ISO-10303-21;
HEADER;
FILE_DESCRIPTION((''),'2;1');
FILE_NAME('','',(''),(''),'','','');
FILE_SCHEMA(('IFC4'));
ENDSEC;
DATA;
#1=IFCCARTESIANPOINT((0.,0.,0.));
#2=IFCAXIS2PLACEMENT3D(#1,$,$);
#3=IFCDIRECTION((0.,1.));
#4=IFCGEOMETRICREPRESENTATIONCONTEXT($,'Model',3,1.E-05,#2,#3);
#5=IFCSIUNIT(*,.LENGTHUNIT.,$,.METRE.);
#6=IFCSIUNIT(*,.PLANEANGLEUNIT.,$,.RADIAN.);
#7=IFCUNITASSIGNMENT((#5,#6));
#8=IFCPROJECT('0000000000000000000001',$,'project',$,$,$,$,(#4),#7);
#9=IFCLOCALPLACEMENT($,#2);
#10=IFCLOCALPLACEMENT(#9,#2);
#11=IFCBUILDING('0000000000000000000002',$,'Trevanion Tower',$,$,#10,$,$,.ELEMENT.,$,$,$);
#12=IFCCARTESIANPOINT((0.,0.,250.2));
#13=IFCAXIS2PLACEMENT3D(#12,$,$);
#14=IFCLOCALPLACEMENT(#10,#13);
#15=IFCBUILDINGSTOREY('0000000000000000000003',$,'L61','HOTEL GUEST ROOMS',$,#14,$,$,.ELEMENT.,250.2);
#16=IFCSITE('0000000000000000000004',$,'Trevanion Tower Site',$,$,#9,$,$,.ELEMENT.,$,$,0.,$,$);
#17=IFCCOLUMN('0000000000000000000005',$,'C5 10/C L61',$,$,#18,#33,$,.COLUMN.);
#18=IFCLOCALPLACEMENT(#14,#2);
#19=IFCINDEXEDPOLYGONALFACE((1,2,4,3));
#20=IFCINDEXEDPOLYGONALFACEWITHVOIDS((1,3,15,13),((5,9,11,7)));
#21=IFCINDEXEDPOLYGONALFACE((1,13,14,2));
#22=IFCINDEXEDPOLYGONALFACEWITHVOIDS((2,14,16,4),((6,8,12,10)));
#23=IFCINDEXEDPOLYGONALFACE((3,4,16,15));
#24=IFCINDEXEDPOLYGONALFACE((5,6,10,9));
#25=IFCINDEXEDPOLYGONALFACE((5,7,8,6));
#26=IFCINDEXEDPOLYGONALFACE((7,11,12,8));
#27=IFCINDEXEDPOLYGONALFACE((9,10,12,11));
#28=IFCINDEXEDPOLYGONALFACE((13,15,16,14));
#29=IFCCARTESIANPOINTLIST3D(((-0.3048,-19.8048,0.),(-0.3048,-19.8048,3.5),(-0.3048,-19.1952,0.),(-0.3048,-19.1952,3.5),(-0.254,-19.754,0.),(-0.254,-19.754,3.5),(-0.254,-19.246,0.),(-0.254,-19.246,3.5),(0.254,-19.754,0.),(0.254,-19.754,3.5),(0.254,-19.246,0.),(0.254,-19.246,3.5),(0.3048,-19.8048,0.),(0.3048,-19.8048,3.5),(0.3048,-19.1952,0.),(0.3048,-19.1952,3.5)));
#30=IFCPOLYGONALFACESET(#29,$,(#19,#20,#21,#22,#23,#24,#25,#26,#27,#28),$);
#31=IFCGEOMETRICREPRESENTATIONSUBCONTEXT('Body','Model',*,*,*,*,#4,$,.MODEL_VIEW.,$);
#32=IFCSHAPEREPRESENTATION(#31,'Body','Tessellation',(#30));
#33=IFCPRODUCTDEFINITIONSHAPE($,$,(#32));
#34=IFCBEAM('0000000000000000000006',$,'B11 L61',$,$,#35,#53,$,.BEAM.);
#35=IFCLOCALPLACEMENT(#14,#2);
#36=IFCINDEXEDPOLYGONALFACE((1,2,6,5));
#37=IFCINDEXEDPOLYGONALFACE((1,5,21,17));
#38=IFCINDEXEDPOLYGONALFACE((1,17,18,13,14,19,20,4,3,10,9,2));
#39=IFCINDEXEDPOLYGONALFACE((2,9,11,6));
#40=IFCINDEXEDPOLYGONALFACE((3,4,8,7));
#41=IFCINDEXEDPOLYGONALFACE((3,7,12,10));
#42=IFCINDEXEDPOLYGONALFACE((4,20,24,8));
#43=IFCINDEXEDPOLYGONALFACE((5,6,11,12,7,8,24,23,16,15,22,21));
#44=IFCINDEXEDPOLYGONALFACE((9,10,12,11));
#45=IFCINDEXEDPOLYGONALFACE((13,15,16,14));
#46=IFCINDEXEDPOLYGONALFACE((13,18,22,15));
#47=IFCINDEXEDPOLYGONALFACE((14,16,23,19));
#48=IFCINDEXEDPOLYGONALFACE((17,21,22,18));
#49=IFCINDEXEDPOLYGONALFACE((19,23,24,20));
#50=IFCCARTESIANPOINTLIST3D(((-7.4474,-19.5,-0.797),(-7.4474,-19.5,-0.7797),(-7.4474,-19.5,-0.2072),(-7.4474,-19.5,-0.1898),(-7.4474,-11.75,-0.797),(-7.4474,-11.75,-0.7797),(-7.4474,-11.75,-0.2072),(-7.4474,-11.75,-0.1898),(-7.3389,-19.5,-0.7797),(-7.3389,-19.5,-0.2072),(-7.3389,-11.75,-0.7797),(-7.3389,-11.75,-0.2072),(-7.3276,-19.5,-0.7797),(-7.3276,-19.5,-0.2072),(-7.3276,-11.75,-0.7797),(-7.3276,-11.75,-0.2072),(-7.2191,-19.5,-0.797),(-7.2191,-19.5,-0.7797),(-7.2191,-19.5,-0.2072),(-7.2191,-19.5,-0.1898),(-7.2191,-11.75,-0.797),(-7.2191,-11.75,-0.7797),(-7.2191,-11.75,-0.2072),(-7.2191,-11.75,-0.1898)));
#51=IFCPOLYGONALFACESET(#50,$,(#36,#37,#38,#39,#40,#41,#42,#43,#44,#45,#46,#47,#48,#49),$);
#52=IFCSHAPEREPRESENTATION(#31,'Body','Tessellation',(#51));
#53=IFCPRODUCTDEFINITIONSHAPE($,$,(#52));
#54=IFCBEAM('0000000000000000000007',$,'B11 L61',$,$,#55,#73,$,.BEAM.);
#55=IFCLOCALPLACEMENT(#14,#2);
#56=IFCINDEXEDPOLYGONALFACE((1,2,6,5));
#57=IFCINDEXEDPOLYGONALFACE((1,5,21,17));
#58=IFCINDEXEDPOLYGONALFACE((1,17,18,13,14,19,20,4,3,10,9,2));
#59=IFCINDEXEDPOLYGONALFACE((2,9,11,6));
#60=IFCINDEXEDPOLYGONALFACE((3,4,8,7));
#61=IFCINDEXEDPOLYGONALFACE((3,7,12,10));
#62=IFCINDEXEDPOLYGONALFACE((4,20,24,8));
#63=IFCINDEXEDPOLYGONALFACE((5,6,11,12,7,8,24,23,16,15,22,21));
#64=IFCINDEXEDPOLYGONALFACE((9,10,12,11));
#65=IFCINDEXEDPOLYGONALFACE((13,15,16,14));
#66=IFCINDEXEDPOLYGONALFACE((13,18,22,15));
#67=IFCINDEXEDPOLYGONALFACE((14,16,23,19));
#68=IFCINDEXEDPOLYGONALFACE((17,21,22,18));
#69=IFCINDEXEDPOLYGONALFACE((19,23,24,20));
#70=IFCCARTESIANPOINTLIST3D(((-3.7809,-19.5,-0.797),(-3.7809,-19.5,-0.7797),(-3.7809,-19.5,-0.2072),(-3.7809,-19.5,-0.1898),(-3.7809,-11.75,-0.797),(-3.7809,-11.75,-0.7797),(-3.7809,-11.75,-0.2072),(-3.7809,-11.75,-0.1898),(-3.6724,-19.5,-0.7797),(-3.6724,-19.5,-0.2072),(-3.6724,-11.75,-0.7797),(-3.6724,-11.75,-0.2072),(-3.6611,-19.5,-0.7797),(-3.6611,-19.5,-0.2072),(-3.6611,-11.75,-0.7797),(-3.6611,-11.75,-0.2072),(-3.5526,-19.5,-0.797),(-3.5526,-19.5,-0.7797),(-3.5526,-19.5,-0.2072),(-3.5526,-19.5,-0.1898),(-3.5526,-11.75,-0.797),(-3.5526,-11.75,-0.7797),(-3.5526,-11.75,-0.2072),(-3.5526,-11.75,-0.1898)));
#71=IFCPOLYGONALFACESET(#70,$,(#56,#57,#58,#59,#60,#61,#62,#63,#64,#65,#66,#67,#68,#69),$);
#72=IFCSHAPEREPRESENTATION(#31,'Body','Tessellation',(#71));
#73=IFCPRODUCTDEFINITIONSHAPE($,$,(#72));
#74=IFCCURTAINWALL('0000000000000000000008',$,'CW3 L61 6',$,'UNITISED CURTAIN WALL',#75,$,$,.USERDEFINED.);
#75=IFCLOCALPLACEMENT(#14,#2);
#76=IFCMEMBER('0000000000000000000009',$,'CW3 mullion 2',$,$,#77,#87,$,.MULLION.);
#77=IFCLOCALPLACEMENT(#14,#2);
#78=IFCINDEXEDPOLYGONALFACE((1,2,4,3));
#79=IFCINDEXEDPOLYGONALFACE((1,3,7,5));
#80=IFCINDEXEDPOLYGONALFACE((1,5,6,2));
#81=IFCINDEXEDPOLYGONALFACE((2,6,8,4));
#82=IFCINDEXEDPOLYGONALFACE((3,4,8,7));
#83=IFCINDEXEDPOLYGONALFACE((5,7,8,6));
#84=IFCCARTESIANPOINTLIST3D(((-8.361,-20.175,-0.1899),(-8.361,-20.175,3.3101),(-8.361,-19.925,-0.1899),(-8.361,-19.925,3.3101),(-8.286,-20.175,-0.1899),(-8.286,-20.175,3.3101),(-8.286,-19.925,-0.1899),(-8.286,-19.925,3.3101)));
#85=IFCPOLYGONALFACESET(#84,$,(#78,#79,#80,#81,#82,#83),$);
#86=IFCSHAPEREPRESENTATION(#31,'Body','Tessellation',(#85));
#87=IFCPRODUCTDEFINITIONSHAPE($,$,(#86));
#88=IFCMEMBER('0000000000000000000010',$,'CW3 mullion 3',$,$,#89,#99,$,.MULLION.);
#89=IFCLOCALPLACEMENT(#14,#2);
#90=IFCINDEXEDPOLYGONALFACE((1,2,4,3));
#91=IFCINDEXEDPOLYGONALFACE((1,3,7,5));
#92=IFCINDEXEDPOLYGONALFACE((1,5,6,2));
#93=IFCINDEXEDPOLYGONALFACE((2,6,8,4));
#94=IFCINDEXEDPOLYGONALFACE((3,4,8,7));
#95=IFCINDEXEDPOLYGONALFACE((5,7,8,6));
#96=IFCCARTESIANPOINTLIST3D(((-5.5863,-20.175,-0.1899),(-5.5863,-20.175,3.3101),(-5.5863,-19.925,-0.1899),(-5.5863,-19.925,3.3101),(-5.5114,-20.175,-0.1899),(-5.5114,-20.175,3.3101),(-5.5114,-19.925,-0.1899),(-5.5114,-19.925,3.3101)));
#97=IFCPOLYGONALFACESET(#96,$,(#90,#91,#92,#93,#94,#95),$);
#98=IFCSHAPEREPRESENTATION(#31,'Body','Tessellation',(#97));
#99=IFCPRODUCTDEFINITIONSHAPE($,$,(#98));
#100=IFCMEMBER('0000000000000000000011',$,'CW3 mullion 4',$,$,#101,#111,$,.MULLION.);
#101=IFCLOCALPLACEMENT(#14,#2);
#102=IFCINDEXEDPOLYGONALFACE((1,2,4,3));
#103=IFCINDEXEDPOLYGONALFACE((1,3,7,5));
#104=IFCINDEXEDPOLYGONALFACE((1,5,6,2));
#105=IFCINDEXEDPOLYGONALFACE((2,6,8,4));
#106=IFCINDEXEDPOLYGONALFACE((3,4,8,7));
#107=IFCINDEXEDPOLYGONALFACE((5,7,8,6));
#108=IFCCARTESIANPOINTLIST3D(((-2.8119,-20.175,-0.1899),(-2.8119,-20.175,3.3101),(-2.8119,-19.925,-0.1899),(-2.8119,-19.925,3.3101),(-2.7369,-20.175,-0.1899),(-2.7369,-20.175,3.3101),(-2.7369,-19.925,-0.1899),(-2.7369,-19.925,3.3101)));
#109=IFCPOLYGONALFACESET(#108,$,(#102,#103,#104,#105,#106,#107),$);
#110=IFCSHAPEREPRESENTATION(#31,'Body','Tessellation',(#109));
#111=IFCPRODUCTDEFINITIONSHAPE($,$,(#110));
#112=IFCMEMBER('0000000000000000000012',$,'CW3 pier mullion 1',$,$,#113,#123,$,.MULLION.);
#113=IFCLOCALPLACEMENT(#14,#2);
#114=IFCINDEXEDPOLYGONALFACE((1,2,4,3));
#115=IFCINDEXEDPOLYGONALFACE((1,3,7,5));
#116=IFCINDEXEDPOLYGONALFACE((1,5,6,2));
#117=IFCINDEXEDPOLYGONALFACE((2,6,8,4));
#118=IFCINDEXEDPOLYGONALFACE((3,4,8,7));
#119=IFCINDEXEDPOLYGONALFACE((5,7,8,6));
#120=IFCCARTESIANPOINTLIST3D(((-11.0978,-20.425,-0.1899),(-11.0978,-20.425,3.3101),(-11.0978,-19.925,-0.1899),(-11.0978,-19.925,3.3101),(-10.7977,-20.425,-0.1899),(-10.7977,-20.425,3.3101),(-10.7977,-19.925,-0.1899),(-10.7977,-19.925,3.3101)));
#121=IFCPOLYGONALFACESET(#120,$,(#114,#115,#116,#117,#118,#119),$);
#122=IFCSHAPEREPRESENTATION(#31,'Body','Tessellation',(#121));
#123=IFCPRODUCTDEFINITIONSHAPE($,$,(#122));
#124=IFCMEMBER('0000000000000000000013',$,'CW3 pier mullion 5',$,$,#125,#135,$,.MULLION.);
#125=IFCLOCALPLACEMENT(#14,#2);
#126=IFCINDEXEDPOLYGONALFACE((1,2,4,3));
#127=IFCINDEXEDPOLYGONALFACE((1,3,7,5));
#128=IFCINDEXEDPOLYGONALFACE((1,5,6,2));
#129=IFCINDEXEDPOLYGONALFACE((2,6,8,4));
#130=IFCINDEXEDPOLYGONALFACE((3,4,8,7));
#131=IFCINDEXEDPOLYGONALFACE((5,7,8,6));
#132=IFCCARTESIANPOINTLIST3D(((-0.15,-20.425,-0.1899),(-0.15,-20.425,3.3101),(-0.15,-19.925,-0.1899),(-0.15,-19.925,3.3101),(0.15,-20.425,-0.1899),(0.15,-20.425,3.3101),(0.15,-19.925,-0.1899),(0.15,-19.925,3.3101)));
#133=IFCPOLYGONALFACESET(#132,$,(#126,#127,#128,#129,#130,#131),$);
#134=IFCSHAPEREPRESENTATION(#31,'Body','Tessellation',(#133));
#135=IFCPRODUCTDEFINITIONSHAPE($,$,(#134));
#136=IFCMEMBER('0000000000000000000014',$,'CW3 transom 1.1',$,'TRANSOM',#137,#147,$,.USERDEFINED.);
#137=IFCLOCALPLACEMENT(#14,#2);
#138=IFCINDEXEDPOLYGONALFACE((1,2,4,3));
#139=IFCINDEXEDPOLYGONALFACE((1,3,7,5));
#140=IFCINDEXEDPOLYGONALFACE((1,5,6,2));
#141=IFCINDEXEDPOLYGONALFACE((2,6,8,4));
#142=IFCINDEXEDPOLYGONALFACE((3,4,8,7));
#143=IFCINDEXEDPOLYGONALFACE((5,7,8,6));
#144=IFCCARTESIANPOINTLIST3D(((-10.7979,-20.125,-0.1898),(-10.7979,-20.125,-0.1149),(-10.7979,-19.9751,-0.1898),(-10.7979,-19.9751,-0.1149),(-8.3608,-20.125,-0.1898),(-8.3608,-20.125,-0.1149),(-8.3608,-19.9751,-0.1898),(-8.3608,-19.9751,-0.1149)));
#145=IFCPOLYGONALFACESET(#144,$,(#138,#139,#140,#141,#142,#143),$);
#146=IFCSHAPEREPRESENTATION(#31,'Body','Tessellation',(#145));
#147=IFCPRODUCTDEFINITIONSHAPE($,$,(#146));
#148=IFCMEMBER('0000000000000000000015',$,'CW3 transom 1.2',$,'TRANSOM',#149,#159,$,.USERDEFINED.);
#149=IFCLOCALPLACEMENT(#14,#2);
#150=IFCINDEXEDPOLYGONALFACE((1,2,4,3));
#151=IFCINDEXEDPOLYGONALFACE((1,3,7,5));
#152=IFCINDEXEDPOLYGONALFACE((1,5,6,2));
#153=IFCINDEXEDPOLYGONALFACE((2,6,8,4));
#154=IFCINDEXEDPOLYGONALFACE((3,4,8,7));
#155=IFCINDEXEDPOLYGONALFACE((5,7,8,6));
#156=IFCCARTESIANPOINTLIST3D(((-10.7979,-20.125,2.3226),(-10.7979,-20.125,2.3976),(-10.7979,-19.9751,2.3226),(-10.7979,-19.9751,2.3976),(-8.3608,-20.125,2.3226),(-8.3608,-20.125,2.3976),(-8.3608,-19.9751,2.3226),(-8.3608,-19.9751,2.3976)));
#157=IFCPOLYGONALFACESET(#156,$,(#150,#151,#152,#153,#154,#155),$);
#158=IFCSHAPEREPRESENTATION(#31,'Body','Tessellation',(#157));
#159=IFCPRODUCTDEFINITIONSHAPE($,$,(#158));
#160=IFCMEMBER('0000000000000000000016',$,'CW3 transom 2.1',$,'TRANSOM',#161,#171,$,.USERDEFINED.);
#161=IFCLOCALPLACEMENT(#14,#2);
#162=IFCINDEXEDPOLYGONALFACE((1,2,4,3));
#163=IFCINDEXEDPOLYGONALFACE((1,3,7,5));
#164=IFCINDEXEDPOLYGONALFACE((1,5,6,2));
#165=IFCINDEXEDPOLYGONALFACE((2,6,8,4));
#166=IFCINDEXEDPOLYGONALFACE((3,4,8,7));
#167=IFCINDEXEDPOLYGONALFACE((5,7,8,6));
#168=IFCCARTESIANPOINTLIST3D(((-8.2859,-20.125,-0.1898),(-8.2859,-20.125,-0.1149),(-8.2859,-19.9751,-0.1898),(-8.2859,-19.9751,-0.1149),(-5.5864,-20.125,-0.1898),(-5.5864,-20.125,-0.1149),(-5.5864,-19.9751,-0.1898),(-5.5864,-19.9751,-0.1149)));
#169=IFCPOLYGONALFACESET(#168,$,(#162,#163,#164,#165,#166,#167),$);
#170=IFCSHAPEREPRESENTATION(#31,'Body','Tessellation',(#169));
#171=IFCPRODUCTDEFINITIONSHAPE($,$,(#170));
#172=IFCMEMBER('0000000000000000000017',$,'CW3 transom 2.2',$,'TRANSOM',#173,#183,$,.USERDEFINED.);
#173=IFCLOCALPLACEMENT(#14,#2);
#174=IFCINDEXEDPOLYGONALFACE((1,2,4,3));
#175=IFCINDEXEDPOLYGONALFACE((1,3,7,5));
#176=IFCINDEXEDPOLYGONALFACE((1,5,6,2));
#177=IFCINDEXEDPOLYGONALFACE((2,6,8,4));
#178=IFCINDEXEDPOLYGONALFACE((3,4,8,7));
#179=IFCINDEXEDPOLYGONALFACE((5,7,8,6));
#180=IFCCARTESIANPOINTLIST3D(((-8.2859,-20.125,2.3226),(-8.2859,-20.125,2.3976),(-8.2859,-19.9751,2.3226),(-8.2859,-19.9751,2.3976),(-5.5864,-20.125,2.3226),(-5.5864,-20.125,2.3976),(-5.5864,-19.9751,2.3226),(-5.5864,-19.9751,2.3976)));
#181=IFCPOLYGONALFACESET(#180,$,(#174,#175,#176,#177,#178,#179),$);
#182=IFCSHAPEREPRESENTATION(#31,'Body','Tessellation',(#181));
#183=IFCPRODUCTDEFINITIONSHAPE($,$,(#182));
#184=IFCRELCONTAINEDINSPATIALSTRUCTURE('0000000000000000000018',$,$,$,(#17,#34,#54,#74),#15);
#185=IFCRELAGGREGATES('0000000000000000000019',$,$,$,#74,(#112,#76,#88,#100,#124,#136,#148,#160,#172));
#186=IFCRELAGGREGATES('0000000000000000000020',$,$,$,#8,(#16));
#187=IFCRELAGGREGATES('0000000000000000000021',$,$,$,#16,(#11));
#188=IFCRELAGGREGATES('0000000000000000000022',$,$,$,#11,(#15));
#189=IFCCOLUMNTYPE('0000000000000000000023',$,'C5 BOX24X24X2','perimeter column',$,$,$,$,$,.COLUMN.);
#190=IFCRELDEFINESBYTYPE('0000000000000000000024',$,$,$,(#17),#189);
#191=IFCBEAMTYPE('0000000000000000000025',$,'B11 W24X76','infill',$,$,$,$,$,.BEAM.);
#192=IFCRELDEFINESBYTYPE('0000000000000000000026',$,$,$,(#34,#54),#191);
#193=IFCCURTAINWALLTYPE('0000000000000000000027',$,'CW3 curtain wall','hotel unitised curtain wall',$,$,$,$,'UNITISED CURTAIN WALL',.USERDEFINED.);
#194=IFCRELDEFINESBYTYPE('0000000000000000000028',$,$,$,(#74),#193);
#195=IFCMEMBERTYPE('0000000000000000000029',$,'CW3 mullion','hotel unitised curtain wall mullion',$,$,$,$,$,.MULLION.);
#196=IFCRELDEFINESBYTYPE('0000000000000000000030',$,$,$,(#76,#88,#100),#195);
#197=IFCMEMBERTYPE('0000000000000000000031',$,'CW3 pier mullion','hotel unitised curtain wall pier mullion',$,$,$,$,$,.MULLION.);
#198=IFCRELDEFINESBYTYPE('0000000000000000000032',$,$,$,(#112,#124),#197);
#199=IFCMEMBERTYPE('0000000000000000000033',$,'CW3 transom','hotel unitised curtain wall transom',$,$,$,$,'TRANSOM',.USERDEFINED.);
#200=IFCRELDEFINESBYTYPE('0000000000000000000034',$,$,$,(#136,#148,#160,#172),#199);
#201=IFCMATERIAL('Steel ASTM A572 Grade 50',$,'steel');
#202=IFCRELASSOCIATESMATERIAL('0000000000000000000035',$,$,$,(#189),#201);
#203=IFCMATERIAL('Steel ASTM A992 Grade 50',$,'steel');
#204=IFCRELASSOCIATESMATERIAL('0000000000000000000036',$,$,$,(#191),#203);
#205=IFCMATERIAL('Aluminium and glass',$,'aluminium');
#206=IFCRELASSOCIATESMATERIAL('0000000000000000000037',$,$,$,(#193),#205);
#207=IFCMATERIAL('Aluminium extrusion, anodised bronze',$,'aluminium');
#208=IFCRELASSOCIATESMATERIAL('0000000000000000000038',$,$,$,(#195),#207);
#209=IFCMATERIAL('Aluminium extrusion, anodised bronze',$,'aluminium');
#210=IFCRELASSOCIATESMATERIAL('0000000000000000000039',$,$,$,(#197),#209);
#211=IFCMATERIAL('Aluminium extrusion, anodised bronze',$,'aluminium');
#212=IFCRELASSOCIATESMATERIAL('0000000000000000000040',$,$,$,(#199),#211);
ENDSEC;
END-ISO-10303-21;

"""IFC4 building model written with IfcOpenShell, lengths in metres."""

from ifc_helpers import new_model, si_unit, direction, frame, origin, origin_2d, place, context, subcontext, project, spatial, rectangle, hollow_rectangle, i_section, extrude, material, material_profile, profile_set, type_object, element, aggregate, save


model = new_model("IFC4")

# Units and contexts
model_context = context("Model", 3, precision=1e-05, world=origin(), true_north=direction((0.0, 1.0)))
body_context = subcontext(model_context, "Body", "Model", "MODEL_VIEW")
ifc_project = project(units=[si_unit("LENGTHUNIT", "METRE"), si_unit("PLANEANGLEUNIT", "RADIAN")], contexts=[model_context])

# Site, building, storey
site_placement = place(None, origin())
site = spatial("IfcSite", under=ifc_project, at=site_placement, Name="Trevanion Tower Site", CompositionType="ELEMENT", RefElevation=0.0)
building_placement = place(site_placement, origin())
building = spatial("IfcBuilding", under=site, at=building_placement, Name="Trevanion Tower", CompositionType="ELEMENT")
storey_placement = place(building_placement, frame((0.0, 0.0, 250.2)))
storey = spatial("IfcBuildingStorey", under=building, at=storey_placement, Name="L61", Description="HOTEL GUEST ROOMS", CompositionType="ELEMENT", Elevation=250.2)

# Column
ifc_material_1 = material(Name="Steel ASTM A572 Grade 50", Category="steel")
ifc_material_profile_1 = material_profile(ifc_material_1, hollow_rectangle(XDim=0.6096, YDim=0.6096, WallThickness=0.0508, at=origin_2d()), Name="BOX24X24X2")
ifc_profile_set_1 = profile_set([ifc_material_profile_1], Name="Steel ASTM A572 Grade 50")
column_type = type_object("IfcColumnType", Name="C5 BOX24X24X2", Description="perimeter column", PredefinedType="COLUMN", material=ifc_profile_set_1)
column_placement = place(storey_placement, frame((0.0, -19.5, 0.0), z_axis=(0.0, 0.0, 1.0), x_axis=(1.0, 0.0, 0.0)))
element("IfcColumn", 1, at=column_placement, inside=storey, type_object=column_type, Name="C5 10/C L61", PredefinedType="COLUMN", context=body_context, shape_type="SweptSolid", body=[
    extrude(hollow_rectangle(XDim=0.6096, YDim=0.6096, WallThickness=0.0508, at=origin_2d()), origin(), (0.0, 0.0, 1.0), 3.5),
])

# Beams
ifc_material_2 = material(Name="Steel ASTM A992 Grade 50", Category="steel")
ifc_material_profile_2 = material_profile(ifc_material_2, i_section(OverallWidth=0.2283, OverallDepth=0.6072, WebThickness=0.0112, FlangeThickness=0.0173, at=origin_2d()), Name="W24X76")
ifc_profile_set_2 = profile_set([ifc_material_profile_2], Name="Steel ASTM A992 Grade 50")
beam_type_1 = type_object("IfcBeamType", Name="B11 W24X76", Description="infill", PredefinedType="BEAM", material=ifc_profile_set_2)
for number, where, z_axis, x_axis, name in (
    (2, (-7.3333, -11.75, -0.4934), (0.0, -1.0, 0.0), (1.0, 0.0, 0.0), "B11 L61"),
    (3, (-3.6667, -11.75, -0.4934), (0.0, -1.0, 0.0), (1.0, 0.0, 0.0), "B11 L61"),
):
    element("IfcBeam", number, at=place(storey_placement, frame(where, z_axis=z_axis, x_axis=x_axis)), inside=storey, type_object=beam_type_1, Name=name, PredefinedType="BEAM", context=body_context, shape_type="SweptSolid", body=[
        extrude(i_section(OverallWidth=0.2283, OverallDepth=0.6072, WebThickness=0.0112, FlangeThickness=0.0173, at=origin_2d()), origin(), (0.0, 0.0, 1.0), 7.75),
    ])

# Curtain wall, members
ifc_material_3 = material(Name="Aluminium and glass", Category="aluminium")
curtain_wall_type = type_object("IfcCurtainWallType", Name="CW3 curtain wall", Description="hotel unitised curtain wall", ElementType="UNITISED CURTAIN WALL", PredefinedType="USERDEFINED", material=ifc_material_3)
curtain_wall_placement = place(storey_placement, origin())
curtain_wall = element("IfcCurtainWall", 4, at=curtain_wall_placement, inside=storey, type_object=curtain_wall_type, Name="CW3 L61 6", ObjectType="UNITISED CURTAIN WALL", PredefinedType="USERDEFINED")
ifc_material_4 = material(Name="Aluminium extrusion, anodised bronze", Category="aluminium")
ifc_material_profile_3 = material_profile(ifc_material_4, rectangle(XDim=0.075, YDim=0.25, at=origin_2d()), Name="CW3 mullion")
ifc_profile_set_3 = profile_set([ifc_material_profile_3], Name="Aluminium extrusion, anodised bronze")
member_type_1 = type_object("IfcMemberType", Name="CW3 mullion", Description="hotel unitised curtain wall mullion", PredefinedType="MULLION", material=ifc_profile_set_3)
member_1_placement = place(storey_placement, frame((-8.3235, -20.05, -0.1899), z_axis=(0.0, 0.0, 1.0), x_axis=(1.0, 0.0, 0.0)))
member_1 = element("IfcMember", 5, at=member_1_placement, type_object=member_type_1, Name="CW3 mullion 2", PredefinedType="MULLION", context=body_context, shape_type="SweptSolid", body=[
    extrude(rectangle(XDim=0.075, YDim=0.25, at=origin_2d()), origin(), (0.0, 0.0, 1.0), 3.5),
])
member_2_placement = place(storey_placement, frame((-5.5488, -20.05, -0.1899), z_axis=(0.0, 0.0, 1.0), x_axis=(1.0, 0.0, 0.0)))
member_2 = element("IfcMember", 6, at=member_2_placement, type_object=member_type_1, Name="CW3 mullion 3", PredefinedType="MULLION", context=body_context, shape_type="SweptSolid", body=[
    extrude(rectangle(XDim=0.075, YDim=0.25, at=origin_2d()), origin(), (0.0, 0.0, 1.0), 3.5),
])
member_3_placement = place(storey_placement, frame((-2.7744, -20.05, -0.1899), z_axis=(0.0, 0.0, 1.0), x_axis=(1.0, 0.0, 0.0)))
member_3 = element("IfcMember", 7, at=member_3_placement, type_object=member_type_1, Name="CW3 mullion 4", PredefinedType="MULLION", context=body_context, shape_type="SweptSolid", body=[
    extrude(rectangle(XDim=0.075, YDim=0.25, at=origin_2d()), origin(), (0.0, 0.0, 1.0), 3.5),
])
ifc_material_5 = material(Name="Aluminium extrusion, anodised bronze", Category="aluminium")
ifc_material_profile_4 = material_profile(ifc_material_5, rectangle(XDim=0.3, YDim=0.5, at=origin_2d()), Name="CW3 pier mullion")
ifc_profile_set_4 = profile_set([ifc_material_profile_4], Name="Aluminium extrusion, anodised bronze")
member_type_2 = type_object("IfcMemberType", Name="CW3 pier mullion", Description="hotel unitised curtain wall pier mullion", PredefinedType="MULLION", material=ifc_profile_set_4)
member_4_placement = place(storey_placement, frame((-10.9478, -20.175, -0.1899), z_axis=(0.0, 0.0, 1.0), x_axis=(1.0, 0.0, 0.0)))
member_4 = element("IfcMember", 8, at=member_4_placement, type_object=member_type_2, Name="CW3 pier mullion 1", PredefinedType="MULLION", context=body_context, shape_type="SweptSolid", body=[
    extrude(rectangle(XDim=0.3, YDim=0.5, at=origin_2d()), origin(), (0.0, 0.0, 1.0), 3.5),
])
member_5_placement = place(storey_placement, frame((0.0, -20.175, -0.1899), z_axis=(0.0, 0.0, 1.0), x_axis=(1.0, 0.0, 0.0)))
member_5 = element("IfcMember", 9, at=member_5_placement, type_object=member_type_2, Name="CW3 pier mullion 5", PredefinedType="MULLION", context=body_context, shape_type="SweptSolid", body=[
    extrude(rectangle(XDim=0.3, YDim=0.5, at=origin_2d()), origin(), (0.0, 0.0, 1.0), 3.5),
])
ifc_material_6 = material(Name="Aluminium extrusion, anodised bronze", Category="aluminium")
ifc_material_profile_5 = material_profile(ifc_material_6, rectangle(XDim=0.1499, YDim=0.075, at=origin_2d()), Name="CW3 transom")
ifc_profile_set_5 = profile_set([ifc_material_profile_5], Name="Aluminium extrusion, anodised bronze")
member_type_3 = type_object("IfcMemberType", Name="CW3 transom", Description="hotel unitised curtain wall transom", ElementType="TRANSOM", PredefinedType="USERDEFINED", material=ifc_profile_set_5)
member_6_placement = place(storey_placement, frame((-10.7979, -20.05, -0.1523), z_axis=(1.0, 0.0, 0.0), x_axis=(0.0, 1.0, 0.0)))
member_6 = element("IfcMember", 10, at=member_6_placement, type_object=member_type_3, Name="CW3 transom 1.1", ObjectType="TRANSOM", PredefinedType="USERDEFINED", context=body_context, shape_type="SweptSolid", body=[
    extrude(rectangle(XDim=0.1499, YDim=0.075, at=origin_2d()), origin(), (0.0, 0.0, 1.0), 2.437),
])
member_7_placement = place(storey_placement, frame((-10.7979, -20.05, 2.3601), z_axis=(1.0, 0.0, 0.0), x_axis=(0.0, 1.0, 0.0)))
member_7 = element("IfcMember", 11, at=member_7_placement, type_object=member_type_3, Name="CW3 transom 1.2", ObjectType="TRANSOM", PredefinedType="USERDEFINED", context=body_context, shape_type="SweptSolid", body=[
    extrude(rectangle(XDim=0.1499, YDim=0.075, at=origin_2d()), origin(), (0.0, 0.0, 1.0), 2.437),
])
member_8_placement = place(storey_placement, frame((-8.2859, -20.05, -0.1523), z_axis=(1.0, 0.0, 0.0), x_axis=(0.0, 1.0, 0.0)))
member_8 = element("IfcMember", 12, at=member_8_placement, type_object=member_type_3, Name="CW3 transom 2.1", ObjectType="TRANSOM", PredefinedType="USERDEFINED", context=body_context, shape_type="SweptSolid", body=[
    extrude(rectangle(XDim=0.1499, YDim=0.075, at=origin_2d()), origin(), (0.0, 0.0, 1.0), 2.6995),
])
member_9_placement = place(storey_placement, frame((-8.2859, -20.05, 2.3601), z_axis=(1.0, 0.0, 0.0), x_axis=(0.0, 1.0, 0.0)))
member_9 = element("IfcMember", 13, at=member_9_placement, type_object=member_type_3, Name="CW3 transom 2.2", ObjectType="TRANSOM", PredefinedType="USERDEFINED", context=body_context, shape_type="SweptSolid", body=[
    extrude(rectangle(XDim=0.1499, YDim=0.075, at=origin_2d()), origin(), (0.0, 0.0, 1.0), 2.6995),
])

aggregate(curtain_wall, [member_4, member_1, member_2, member_3, member_5, member_6, member_7, member_8, member_9])

save(model, "model.ifc")
